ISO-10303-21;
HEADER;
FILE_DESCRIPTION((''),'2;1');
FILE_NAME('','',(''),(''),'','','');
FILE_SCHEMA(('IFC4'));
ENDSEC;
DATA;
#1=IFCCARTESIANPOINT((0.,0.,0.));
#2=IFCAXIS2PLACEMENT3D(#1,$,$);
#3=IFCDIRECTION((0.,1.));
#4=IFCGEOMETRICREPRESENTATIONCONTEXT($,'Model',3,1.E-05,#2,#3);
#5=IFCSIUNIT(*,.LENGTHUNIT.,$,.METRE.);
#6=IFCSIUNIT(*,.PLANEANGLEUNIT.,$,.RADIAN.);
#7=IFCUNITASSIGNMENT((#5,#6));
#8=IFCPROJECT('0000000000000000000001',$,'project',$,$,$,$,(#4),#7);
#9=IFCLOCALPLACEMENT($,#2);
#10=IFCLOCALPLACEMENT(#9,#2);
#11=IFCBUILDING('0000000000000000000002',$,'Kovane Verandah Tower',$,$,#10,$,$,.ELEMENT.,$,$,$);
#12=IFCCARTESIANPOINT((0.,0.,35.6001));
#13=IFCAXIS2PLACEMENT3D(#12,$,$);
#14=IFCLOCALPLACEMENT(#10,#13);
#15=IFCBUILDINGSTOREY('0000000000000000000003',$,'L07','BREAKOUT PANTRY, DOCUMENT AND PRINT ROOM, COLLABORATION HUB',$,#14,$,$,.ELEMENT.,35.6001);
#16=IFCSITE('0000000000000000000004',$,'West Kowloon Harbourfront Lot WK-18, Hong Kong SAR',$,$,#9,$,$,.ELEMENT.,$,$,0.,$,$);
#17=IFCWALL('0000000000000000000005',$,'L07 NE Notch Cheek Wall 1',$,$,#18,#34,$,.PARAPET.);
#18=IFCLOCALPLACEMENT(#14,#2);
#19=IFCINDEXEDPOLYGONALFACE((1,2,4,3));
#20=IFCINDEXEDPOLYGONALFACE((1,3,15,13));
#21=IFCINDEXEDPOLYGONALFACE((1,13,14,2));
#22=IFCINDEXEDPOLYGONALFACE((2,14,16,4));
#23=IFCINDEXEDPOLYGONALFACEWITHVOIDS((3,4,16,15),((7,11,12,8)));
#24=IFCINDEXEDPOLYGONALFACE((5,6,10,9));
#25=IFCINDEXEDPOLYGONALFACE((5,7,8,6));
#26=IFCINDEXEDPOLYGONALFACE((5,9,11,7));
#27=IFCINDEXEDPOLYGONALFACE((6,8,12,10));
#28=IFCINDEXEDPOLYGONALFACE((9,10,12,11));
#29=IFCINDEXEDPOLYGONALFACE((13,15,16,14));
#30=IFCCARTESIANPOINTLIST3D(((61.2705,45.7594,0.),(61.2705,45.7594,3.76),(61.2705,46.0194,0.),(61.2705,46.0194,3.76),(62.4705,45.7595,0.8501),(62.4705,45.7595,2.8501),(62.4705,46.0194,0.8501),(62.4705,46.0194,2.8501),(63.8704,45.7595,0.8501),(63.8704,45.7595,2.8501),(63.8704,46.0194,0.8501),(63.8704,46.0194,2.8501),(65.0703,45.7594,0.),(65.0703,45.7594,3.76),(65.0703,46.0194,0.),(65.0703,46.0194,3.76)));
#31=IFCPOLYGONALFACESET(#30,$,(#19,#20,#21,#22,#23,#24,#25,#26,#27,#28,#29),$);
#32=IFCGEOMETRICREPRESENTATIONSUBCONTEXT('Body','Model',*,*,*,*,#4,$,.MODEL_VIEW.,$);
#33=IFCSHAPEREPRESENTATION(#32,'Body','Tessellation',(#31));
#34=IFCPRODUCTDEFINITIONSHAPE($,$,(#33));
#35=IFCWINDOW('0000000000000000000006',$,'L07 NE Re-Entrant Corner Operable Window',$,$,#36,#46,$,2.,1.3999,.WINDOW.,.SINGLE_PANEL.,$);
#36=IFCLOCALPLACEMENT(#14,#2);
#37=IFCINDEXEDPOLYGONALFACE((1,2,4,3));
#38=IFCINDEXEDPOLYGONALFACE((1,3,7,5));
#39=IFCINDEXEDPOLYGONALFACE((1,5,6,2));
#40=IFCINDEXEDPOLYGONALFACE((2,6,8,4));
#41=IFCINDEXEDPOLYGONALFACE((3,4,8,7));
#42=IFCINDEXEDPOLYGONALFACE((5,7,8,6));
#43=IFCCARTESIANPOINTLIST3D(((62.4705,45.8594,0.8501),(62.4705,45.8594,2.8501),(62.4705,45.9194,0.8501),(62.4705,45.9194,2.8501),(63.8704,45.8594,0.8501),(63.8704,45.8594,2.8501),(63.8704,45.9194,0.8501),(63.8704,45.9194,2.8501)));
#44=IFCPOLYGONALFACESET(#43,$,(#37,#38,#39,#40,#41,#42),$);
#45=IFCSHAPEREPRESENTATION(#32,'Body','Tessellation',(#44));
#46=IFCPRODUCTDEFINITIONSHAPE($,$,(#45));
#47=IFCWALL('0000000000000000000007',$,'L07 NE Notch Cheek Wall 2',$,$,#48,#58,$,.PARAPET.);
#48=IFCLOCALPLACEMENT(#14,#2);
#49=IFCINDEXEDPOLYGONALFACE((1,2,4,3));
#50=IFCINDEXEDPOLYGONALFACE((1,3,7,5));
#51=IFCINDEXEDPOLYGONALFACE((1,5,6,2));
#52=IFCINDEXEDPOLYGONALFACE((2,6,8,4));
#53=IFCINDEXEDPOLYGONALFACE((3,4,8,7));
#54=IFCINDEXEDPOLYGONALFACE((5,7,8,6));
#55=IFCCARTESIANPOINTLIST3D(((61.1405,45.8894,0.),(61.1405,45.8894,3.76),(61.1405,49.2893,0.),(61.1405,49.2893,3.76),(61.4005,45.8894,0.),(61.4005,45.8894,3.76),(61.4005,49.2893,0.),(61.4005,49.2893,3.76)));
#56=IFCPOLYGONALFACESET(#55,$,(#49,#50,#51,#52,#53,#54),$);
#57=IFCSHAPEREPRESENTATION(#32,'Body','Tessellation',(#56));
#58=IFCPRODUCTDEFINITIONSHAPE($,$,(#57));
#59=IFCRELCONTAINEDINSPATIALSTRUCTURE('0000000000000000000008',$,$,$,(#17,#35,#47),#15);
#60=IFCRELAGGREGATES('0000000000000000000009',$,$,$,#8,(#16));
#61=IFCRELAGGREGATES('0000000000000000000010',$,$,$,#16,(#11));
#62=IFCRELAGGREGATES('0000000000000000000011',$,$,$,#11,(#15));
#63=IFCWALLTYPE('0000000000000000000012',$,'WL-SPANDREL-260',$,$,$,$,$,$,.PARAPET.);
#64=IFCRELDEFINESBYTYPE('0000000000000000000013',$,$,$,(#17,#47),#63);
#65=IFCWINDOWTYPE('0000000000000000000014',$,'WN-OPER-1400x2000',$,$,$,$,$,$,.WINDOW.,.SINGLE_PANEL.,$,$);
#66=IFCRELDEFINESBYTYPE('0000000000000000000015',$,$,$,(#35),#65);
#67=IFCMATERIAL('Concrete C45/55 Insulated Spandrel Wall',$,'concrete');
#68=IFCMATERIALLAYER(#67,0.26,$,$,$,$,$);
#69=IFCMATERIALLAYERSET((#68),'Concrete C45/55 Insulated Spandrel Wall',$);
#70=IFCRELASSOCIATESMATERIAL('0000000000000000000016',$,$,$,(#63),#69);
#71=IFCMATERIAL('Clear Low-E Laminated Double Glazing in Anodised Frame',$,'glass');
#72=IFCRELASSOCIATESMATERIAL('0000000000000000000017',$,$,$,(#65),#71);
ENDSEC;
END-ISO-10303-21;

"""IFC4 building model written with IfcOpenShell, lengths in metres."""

from ifc_helpers import new_model, si_unit, direction, frame, frame_2d, origin, place, context, subcontext, project, spatial, rectangle, extrude, material, layer, layer_set, type_object, element, fill, save


model = new_model("IFC4")

# Units and contexts
model_context = context("Model", 3, precision=1e-05, world=origin(), true_north=direction((0.0, 1.0)))
body_context = subcontext(model_context, "Body", "Model", "MODEL_VIEW")
ifc_project = project(units=[si_unit("LENGTHUNIT", "METRE"), si_unit("PLANEANGLEUNIT", "RADIAN")], contexts=[model_context])

# Site, building, storey
site_placement = place(None, origin())
site = spatial("IfcSite", under=ifc_project, at=site_placement, Name="West Kowloon Harbourfront Lot WK-18, Hong Kong SAR", CompositionType="ELEMENT", RefElevation=0.0)
building_placement = place(site_placement, origin())
building = spatial("IfcBuilding", under=site, at=building_placement, Name="Kovane Verandah Tower", CompositionType="ELEMENT")
storey_placement = place(building_placement, frame((0.0, 0.0, 35.6001)))
storey = spatial("IfcBuildingStorey", under=building, at=storey_placement, Name="L07", Description="BREAKOUT PANTRY, DOCUMENT AND PRINT ROOM, COLLABORATION HUB", CompositionType="ELEMENT", Elevation=35.6001)

# Wall, opening, window
ifc_material_1 = material(Name="Concrete C45/55 Insulated Spandrel Wall", Category="concrete")
ifc_layer_1 = layer(ifc_material_1, 0.26)
ifc_layer_set_1 = layer_set([ifc_layer_1], Name="Concrete C45/55 Insulated Spandrel Wall")
wall_type = type_object("IfcWallType", Name="WL-SPANDREL-260", PredefinedType="PARAPET", material=ifc_layer_set_1)
wall_1_placement = place(storey_placement, frame((65.0703, 45.8894, 0.0), z_axis=(0.0, 0.0, 1.0), x_axis=(-1.0, 0.0, 0.0)))
wall_1 = element("IfcWall", 1, at=wall_1_placement, inside=storey, type_object=wall_type, Name="L07 NE Notch Cheek Wall 1", PredefinedType="PARAPET", context=body_context, shape_type="SweptSolid", body=[
    extrude(rectangle(XDim=3.7998, YDim=0.26, at=frame_2d((1.8999, 0.0))), origin(), (0.0, 0.0, 1.0), 3.76),
])
opening_placement = place(wall_1_placement, frame((1.2, 0.0, 0.8501)))
opening = element("IfcOpeningElement", 2, at=opening_placement, cuts=wall_1, PredefinedType="OPENING", context=body_context, shape_type="SweptSolid", body=[
    extrude(rectangle(XDim=1.3999, YDim=2.0, at=frame_2d((0.7, 1.0))), frame((0.0, 0.1299, 0.0), z_axis=(0.0, -1.0, 0.0), x_axis=(1.0, 0.0, 0.0)), (0.0, 0.0, 1.0), 0.26),
])
ifc_material_2 = material(Name="Clear Low-E Laminated Double Glazing in Anodised Frame", Category="glass")
window_type = type_object("IfcWindowType", Name="WN-OPER-1400x2000", PartitioningType="SINGLE_PANEL", PredefinedType="WINDOW", material=ifc_material_2)
window_placement = place(opening_placement, origin())
window = element("IfcWindow", 3, at=window_placement, inside=storey, type_object=window_type, Name="L07 NE Re-Entrant Corner Operable Window", OverallHeight=2.0, OverallWidth=1.3999, PartitioningType="SINGLE_PANEL", PredefinedType="WINDOW", context=body_context, shape_type="SweptSolid", body=[
    extrude(rectangle(XDim=1.3999, YDim=2.0, at=frame_2d((0.7, 1.0))), frame((0.0, 0.03, 0.0), z_axis=(0.0, -1.0, 0.0), x_axis=(1.0, 0.0, 0.0)), (0.0, 0.0, 1.0), 0.0601),
])
fill(opening, window)

# Wall
wall_2_placement = place(storey_placement, frame((61.2705, 45.8894, 0.0), z_axis=(0.0, 0.0, 1.0), x_axis=(0.0, 1.0, 0.0)))
element("IfcWall", 4, at=wall_2_placement, inside=storey, type_object=wall_type, Name="L07 NE Notch Cheek Wall 2", PredefinedType="PARAPET", context=body_context, shape_type="SweptSolid", body=[
    extrude(rectangle(XDim=3.3999, YDim=0.26, at=frame_2d((1.7, 0.0))), origin(), (0.0, 0.0, 1.0), 3.76),
])

save(model, "model.ifc")
